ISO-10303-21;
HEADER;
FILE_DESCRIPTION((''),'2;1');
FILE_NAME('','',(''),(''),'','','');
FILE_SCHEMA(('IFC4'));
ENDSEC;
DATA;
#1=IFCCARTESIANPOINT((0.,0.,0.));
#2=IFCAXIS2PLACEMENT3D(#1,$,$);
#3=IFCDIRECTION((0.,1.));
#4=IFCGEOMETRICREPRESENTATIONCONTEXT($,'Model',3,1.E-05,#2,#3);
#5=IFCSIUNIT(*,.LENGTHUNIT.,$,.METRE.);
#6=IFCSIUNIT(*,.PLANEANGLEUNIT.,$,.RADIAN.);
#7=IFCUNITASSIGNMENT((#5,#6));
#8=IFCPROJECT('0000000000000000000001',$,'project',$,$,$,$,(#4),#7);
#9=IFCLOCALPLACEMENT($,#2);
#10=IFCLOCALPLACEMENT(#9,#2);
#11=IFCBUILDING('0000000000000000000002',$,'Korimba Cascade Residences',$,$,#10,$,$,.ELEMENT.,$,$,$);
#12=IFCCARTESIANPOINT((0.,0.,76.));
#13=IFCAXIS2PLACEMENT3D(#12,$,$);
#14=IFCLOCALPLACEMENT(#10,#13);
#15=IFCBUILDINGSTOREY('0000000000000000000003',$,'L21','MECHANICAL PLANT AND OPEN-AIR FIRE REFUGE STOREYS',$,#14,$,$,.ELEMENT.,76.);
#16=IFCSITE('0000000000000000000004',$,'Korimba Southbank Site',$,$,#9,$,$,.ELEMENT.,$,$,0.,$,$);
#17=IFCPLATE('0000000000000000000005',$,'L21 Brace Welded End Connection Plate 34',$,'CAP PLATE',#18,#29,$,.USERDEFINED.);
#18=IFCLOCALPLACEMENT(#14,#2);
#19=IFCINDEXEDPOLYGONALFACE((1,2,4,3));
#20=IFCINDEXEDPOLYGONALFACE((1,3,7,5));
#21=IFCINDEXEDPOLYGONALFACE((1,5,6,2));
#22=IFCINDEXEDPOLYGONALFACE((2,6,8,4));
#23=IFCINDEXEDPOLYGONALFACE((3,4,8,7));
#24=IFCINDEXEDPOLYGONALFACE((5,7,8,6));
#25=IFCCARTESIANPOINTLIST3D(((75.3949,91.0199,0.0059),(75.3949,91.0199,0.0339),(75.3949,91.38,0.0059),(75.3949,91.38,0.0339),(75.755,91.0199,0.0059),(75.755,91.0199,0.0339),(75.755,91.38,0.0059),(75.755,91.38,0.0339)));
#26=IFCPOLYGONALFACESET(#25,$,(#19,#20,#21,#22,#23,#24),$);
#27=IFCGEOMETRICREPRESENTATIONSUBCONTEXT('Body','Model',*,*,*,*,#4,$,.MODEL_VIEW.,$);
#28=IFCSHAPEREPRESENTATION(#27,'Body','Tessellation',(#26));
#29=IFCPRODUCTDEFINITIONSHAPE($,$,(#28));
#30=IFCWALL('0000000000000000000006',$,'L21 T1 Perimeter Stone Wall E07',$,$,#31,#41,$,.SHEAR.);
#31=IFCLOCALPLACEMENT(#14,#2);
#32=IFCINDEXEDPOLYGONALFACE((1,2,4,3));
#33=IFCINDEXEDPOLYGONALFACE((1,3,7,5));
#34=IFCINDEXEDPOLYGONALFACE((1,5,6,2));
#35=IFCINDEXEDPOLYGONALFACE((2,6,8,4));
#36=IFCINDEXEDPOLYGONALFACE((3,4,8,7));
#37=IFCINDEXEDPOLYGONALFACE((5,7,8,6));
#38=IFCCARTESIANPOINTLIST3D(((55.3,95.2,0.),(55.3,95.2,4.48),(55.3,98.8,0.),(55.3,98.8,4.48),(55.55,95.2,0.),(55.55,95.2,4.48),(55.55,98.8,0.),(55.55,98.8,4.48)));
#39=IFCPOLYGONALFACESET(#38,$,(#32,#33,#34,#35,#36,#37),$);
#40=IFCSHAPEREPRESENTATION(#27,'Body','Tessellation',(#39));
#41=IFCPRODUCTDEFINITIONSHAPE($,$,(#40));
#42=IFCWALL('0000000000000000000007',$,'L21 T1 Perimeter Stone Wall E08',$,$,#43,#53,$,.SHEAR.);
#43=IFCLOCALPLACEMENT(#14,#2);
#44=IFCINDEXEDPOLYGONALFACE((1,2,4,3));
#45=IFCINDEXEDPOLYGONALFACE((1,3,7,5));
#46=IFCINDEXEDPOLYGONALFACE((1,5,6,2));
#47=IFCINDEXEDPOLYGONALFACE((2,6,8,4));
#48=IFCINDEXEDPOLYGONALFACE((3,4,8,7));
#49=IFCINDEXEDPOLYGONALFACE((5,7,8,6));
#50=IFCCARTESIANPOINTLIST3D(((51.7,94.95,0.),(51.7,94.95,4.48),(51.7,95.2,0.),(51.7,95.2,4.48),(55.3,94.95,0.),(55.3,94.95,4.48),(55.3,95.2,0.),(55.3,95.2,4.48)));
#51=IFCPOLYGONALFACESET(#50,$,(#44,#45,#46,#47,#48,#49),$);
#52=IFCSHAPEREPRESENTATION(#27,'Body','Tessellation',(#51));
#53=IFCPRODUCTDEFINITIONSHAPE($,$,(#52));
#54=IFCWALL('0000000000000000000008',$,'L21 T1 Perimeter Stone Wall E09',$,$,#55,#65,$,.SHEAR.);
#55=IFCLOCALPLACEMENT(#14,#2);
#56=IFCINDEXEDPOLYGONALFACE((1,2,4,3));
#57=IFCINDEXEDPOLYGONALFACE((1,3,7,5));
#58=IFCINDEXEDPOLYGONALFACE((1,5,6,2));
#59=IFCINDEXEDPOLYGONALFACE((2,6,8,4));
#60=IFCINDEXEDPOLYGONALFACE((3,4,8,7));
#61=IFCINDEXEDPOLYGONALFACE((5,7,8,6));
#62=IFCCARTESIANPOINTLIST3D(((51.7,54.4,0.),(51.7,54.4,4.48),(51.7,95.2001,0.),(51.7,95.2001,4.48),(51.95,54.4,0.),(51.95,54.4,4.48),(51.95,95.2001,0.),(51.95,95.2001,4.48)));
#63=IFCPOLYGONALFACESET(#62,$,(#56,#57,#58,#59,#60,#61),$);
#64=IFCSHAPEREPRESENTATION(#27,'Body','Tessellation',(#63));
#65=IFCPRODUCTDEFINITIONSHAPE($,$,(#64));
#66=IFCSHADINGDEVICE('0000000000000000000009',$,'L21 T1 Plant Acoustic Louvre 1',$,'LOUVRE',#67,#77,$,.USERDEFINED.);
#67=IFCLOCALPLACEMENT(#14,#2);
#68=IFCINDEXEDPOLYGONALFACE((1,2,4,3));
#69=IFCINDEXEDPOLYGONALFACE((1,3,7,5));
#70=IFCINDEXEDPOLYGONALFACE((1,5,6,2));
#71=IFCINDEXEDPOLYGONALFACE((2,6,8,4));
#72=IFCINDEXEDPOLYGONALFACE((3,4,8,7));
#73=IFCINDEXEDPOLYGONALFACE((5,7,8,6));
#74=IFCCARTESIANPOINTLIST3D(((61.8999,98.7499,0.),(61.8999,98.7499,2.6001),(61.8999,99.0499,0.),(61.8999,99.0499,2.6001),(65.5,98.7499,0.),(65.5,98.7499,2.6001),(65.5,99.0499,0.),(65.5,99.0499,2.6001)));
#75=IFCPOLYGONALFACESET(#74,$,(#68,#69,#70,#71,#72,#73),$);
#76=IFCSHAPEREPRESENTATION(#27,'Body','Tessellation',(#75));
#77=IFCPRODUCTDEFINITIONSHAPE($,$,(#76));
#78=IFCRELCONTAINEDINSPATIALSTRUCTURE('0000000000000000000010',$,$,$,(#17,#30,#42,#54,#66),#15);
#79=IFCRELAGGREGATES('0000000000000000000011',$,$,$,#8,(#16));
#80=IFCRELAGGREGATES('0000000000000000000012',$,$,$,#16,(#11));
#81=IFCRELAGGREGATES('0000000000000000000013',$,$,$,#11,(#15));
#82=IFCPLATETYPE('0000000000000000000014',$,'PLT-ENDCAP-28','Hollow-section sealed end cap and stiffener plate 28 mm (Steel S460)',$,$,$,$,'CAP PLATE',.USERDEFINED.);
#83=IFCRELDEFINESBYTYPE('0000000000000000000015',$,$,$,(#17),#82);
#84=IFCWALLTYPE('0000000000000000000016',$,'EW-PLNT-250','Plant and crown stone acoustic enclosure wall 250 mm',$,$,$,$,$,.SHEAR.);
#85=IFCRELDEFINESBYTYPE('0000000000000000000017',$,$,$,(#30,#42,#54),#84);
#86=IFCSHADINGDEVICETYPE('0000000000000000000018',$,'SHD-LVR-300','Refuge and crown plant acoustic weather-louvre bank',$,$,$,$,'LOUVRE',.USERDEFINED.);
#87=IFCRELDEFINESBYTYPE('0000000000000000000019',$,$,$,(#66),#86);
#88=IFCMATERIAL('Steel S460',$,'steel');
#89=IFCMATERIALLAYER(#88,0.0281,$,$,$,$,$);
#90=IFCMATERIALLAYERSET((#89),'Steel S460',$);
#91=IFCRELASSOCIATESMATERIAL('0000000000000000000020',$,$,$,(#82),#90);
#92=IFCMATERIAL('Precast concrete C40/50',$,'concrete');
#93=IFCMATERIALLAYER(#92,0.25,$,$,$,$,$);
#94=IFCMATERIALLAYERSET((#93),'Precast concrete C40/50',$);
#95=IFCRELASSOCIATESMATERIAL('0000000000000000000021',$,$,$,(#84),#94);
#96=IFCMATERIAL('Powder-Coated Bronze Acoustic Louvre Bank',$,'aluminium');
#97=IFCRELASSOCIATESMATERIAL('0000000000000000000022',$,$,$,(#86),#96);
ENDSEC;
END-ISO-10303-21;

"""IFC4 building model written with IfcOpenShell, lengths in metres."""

from ifc_helpers import new_model, si_unit, direction, frame, frame_2d, origin, origin_2d, place, context, subcontext, project, spatial, rectangle, extrude, material, layer, layer_set, type_object, element, save


model = new_model("IFC4")

# Units and contexts
model_context = context("Model", 3, precision=1e-05, world=origin(), true_north=direction((0.0, 1.0)))
body_context = subcontext(model_context, "Body", "Model", "MODEL_VIEW")
ifc_project = project(units=[si_unit("LENGTHUNIT", "METRE"), si_unit("PLANEANGLEUNIT", "RADIAN")], contexts=[model_context])

# Site, building, storey
site_placement = place(None, origin())
site = spatial("IfcSite", under=ifc_project, at=site_placement, Name="Korimba Southbank Site", CompositionType="ELEMENT", RefElevation=0.0)
building_placement = place(site_placement, origin())
building = spatial("IfcBuilding", under=site, at=building_placement, Name="Korimba Cascade Residences", CompositionType="ELEMENT")
storey_placement = place(building_placement, frame((0.0, 0.0, 76.0)))
storey = spatial("IfcBuildingStorey", under=building, at=storey_placement, Name="L21", Description="MECHANICAL PLANT AND OPEN-AIR FIRE REFUGE STOREYS", CompositionType="ELEMENT", Elevation=76.0)

# Shared definitions
ifc_material_1 = material(Name="Steel S460", Category="steel")

# Plate
ifc_layer_1 = layer(ifc_material_1, 0.0281)
ifc_layer_set_1 = layer_set([ifc_layer_1], Name="Steel S460")
plate_type = type_object("IfcPlateType", Name="PLT-ENDCAP-28", Description="Hollow-section sealed end cap and stiffener plate 28 mm (Steel S460)", ElementType="CAP PLATE", PredefinedType="USERDEFINED", material=ifc_layer_set_1)
for number, where, z_axis, x_axis, name in (
    (1, (75.575, 91.2, 0.0059), (0.0, 0.0, 1.0), (1.0, 0.0, 0.0), "L21 Brace Welded End Connection Plate 34"),
):
    element("IfcPlate", number, at=place(storey_placement, frame(where, z_axis=z_axis, x_axis=x_axis)), inside=storey, type_object=plate_type, Name=name, ObjectType="CAP PLATE", PredefinedType="USERDEFINED", context=body_context, shape_type="SweptSolid", body=[
        extrude(rectangle(XDim=0.3601, YDim=0.3601, at=origin_2d()), origin(), (0.0, 0.0, 1.0), 0.0281),
    ])

# Walls
ifc_material_2 = material(Name="Precast concrete C40/50", Category="concrete")
ifc_layer_2 = layer(ifc_material_2, 0.25)
ifc_layer_set_2 = layer_set([ifc_layer_2], Name="Precast concrete C40/50")
wall_type = type_object("IfcWallType", Name="EW-PLNT-250", Description="Plant and crown stone acoustic enclosure wall 250 mm", PredefinedType="SHEAR", material=ifc_layer_set_2)
for number, where, z_axis, x_axis, name in (
    (2, (55.425, 98.8, 0.0), (0.0, 0.0, 1.0), (0.0, -1.0, 0.0), "L21 T1 Perimeter Stone Wall E07"),
    (3, (55.3, 95.075, 0.0), (0.0, 0.0, 1.0), (-1.0, 0.0, 0.0), "L21 T1 Perimeter Stone Wall E08"),
):
    element("IfcWall", number, at=place(storey_placement, frame(where, z_axis=z_axis, x_axis=x_axis)), inside=storey, type_object=wall_type, Name=name, PredefinedType="SHEAR", context=body_context, shape_type="SweptSolid", body=[
        extrude(rectangle(XDim=3.6001, YDim=0.25, at=frame_2d((1.8, 0.0))), origin(), (0.0, 0.0, 1.0), 4.48),
    ])
wall_placement = place(storey_placement, frame((51.825, 95.2, 0.0), z_axis=(0.0, 0.0, 1.0), x_axis=(0.0, -1.0, 0.0)))
element("IfcWall", 4, at=wall_placement, inside=storey, type_object=wall_type, Name="L21 T1 Perimeter Stone Wall E09", PredefinedType="SHEAR", context=body_context, shape_type="SweptSolid", body=[
    extrude(rectangle(XDim=40.8, YDim=0.25, at=frame_2d((20.3999, 0.0))), origin(), (0.0, 0.0, 1.0), 4.48),
])

# Shading device
ifc_material_3 = material(Name="Powder-Coated Bronze Acoustic Louvre Bank", Category="aluminium")
shading_device_type = type_object("IfcShadingDeviceType", Name="SHD-LVR-300", Description="Refuge and crown plant acoustic weather-louvre bank", ElementType="LOUVRE", PredefinedType="USERDEFINED", material=ifc_material_3)
shading_device_placement = place(storey_placement, frame((63.7, 98.8999, 0.0), z_axis=(0.0, 0.0, 1.0), x_axis=(1.0, 0.0, 0.0)))
element("IfcShadingDevice", 5, at=shading_device_placement, inside=storey, type_object=shading_device_type, Name="L21 T1 Plant Acoustic Louvre 1", ObjectType="LOUVRE", PredefinedType="USERDEFINED", context=body_context, shape_type="SweptSolid", body=[
    extrude(rectangle(XDim=3.6001, YDim=0.3, at=origin_2d()), origin(), (0.0, 0.0, 1.0), 2.6001),
])

save(model, "model.ifc")
